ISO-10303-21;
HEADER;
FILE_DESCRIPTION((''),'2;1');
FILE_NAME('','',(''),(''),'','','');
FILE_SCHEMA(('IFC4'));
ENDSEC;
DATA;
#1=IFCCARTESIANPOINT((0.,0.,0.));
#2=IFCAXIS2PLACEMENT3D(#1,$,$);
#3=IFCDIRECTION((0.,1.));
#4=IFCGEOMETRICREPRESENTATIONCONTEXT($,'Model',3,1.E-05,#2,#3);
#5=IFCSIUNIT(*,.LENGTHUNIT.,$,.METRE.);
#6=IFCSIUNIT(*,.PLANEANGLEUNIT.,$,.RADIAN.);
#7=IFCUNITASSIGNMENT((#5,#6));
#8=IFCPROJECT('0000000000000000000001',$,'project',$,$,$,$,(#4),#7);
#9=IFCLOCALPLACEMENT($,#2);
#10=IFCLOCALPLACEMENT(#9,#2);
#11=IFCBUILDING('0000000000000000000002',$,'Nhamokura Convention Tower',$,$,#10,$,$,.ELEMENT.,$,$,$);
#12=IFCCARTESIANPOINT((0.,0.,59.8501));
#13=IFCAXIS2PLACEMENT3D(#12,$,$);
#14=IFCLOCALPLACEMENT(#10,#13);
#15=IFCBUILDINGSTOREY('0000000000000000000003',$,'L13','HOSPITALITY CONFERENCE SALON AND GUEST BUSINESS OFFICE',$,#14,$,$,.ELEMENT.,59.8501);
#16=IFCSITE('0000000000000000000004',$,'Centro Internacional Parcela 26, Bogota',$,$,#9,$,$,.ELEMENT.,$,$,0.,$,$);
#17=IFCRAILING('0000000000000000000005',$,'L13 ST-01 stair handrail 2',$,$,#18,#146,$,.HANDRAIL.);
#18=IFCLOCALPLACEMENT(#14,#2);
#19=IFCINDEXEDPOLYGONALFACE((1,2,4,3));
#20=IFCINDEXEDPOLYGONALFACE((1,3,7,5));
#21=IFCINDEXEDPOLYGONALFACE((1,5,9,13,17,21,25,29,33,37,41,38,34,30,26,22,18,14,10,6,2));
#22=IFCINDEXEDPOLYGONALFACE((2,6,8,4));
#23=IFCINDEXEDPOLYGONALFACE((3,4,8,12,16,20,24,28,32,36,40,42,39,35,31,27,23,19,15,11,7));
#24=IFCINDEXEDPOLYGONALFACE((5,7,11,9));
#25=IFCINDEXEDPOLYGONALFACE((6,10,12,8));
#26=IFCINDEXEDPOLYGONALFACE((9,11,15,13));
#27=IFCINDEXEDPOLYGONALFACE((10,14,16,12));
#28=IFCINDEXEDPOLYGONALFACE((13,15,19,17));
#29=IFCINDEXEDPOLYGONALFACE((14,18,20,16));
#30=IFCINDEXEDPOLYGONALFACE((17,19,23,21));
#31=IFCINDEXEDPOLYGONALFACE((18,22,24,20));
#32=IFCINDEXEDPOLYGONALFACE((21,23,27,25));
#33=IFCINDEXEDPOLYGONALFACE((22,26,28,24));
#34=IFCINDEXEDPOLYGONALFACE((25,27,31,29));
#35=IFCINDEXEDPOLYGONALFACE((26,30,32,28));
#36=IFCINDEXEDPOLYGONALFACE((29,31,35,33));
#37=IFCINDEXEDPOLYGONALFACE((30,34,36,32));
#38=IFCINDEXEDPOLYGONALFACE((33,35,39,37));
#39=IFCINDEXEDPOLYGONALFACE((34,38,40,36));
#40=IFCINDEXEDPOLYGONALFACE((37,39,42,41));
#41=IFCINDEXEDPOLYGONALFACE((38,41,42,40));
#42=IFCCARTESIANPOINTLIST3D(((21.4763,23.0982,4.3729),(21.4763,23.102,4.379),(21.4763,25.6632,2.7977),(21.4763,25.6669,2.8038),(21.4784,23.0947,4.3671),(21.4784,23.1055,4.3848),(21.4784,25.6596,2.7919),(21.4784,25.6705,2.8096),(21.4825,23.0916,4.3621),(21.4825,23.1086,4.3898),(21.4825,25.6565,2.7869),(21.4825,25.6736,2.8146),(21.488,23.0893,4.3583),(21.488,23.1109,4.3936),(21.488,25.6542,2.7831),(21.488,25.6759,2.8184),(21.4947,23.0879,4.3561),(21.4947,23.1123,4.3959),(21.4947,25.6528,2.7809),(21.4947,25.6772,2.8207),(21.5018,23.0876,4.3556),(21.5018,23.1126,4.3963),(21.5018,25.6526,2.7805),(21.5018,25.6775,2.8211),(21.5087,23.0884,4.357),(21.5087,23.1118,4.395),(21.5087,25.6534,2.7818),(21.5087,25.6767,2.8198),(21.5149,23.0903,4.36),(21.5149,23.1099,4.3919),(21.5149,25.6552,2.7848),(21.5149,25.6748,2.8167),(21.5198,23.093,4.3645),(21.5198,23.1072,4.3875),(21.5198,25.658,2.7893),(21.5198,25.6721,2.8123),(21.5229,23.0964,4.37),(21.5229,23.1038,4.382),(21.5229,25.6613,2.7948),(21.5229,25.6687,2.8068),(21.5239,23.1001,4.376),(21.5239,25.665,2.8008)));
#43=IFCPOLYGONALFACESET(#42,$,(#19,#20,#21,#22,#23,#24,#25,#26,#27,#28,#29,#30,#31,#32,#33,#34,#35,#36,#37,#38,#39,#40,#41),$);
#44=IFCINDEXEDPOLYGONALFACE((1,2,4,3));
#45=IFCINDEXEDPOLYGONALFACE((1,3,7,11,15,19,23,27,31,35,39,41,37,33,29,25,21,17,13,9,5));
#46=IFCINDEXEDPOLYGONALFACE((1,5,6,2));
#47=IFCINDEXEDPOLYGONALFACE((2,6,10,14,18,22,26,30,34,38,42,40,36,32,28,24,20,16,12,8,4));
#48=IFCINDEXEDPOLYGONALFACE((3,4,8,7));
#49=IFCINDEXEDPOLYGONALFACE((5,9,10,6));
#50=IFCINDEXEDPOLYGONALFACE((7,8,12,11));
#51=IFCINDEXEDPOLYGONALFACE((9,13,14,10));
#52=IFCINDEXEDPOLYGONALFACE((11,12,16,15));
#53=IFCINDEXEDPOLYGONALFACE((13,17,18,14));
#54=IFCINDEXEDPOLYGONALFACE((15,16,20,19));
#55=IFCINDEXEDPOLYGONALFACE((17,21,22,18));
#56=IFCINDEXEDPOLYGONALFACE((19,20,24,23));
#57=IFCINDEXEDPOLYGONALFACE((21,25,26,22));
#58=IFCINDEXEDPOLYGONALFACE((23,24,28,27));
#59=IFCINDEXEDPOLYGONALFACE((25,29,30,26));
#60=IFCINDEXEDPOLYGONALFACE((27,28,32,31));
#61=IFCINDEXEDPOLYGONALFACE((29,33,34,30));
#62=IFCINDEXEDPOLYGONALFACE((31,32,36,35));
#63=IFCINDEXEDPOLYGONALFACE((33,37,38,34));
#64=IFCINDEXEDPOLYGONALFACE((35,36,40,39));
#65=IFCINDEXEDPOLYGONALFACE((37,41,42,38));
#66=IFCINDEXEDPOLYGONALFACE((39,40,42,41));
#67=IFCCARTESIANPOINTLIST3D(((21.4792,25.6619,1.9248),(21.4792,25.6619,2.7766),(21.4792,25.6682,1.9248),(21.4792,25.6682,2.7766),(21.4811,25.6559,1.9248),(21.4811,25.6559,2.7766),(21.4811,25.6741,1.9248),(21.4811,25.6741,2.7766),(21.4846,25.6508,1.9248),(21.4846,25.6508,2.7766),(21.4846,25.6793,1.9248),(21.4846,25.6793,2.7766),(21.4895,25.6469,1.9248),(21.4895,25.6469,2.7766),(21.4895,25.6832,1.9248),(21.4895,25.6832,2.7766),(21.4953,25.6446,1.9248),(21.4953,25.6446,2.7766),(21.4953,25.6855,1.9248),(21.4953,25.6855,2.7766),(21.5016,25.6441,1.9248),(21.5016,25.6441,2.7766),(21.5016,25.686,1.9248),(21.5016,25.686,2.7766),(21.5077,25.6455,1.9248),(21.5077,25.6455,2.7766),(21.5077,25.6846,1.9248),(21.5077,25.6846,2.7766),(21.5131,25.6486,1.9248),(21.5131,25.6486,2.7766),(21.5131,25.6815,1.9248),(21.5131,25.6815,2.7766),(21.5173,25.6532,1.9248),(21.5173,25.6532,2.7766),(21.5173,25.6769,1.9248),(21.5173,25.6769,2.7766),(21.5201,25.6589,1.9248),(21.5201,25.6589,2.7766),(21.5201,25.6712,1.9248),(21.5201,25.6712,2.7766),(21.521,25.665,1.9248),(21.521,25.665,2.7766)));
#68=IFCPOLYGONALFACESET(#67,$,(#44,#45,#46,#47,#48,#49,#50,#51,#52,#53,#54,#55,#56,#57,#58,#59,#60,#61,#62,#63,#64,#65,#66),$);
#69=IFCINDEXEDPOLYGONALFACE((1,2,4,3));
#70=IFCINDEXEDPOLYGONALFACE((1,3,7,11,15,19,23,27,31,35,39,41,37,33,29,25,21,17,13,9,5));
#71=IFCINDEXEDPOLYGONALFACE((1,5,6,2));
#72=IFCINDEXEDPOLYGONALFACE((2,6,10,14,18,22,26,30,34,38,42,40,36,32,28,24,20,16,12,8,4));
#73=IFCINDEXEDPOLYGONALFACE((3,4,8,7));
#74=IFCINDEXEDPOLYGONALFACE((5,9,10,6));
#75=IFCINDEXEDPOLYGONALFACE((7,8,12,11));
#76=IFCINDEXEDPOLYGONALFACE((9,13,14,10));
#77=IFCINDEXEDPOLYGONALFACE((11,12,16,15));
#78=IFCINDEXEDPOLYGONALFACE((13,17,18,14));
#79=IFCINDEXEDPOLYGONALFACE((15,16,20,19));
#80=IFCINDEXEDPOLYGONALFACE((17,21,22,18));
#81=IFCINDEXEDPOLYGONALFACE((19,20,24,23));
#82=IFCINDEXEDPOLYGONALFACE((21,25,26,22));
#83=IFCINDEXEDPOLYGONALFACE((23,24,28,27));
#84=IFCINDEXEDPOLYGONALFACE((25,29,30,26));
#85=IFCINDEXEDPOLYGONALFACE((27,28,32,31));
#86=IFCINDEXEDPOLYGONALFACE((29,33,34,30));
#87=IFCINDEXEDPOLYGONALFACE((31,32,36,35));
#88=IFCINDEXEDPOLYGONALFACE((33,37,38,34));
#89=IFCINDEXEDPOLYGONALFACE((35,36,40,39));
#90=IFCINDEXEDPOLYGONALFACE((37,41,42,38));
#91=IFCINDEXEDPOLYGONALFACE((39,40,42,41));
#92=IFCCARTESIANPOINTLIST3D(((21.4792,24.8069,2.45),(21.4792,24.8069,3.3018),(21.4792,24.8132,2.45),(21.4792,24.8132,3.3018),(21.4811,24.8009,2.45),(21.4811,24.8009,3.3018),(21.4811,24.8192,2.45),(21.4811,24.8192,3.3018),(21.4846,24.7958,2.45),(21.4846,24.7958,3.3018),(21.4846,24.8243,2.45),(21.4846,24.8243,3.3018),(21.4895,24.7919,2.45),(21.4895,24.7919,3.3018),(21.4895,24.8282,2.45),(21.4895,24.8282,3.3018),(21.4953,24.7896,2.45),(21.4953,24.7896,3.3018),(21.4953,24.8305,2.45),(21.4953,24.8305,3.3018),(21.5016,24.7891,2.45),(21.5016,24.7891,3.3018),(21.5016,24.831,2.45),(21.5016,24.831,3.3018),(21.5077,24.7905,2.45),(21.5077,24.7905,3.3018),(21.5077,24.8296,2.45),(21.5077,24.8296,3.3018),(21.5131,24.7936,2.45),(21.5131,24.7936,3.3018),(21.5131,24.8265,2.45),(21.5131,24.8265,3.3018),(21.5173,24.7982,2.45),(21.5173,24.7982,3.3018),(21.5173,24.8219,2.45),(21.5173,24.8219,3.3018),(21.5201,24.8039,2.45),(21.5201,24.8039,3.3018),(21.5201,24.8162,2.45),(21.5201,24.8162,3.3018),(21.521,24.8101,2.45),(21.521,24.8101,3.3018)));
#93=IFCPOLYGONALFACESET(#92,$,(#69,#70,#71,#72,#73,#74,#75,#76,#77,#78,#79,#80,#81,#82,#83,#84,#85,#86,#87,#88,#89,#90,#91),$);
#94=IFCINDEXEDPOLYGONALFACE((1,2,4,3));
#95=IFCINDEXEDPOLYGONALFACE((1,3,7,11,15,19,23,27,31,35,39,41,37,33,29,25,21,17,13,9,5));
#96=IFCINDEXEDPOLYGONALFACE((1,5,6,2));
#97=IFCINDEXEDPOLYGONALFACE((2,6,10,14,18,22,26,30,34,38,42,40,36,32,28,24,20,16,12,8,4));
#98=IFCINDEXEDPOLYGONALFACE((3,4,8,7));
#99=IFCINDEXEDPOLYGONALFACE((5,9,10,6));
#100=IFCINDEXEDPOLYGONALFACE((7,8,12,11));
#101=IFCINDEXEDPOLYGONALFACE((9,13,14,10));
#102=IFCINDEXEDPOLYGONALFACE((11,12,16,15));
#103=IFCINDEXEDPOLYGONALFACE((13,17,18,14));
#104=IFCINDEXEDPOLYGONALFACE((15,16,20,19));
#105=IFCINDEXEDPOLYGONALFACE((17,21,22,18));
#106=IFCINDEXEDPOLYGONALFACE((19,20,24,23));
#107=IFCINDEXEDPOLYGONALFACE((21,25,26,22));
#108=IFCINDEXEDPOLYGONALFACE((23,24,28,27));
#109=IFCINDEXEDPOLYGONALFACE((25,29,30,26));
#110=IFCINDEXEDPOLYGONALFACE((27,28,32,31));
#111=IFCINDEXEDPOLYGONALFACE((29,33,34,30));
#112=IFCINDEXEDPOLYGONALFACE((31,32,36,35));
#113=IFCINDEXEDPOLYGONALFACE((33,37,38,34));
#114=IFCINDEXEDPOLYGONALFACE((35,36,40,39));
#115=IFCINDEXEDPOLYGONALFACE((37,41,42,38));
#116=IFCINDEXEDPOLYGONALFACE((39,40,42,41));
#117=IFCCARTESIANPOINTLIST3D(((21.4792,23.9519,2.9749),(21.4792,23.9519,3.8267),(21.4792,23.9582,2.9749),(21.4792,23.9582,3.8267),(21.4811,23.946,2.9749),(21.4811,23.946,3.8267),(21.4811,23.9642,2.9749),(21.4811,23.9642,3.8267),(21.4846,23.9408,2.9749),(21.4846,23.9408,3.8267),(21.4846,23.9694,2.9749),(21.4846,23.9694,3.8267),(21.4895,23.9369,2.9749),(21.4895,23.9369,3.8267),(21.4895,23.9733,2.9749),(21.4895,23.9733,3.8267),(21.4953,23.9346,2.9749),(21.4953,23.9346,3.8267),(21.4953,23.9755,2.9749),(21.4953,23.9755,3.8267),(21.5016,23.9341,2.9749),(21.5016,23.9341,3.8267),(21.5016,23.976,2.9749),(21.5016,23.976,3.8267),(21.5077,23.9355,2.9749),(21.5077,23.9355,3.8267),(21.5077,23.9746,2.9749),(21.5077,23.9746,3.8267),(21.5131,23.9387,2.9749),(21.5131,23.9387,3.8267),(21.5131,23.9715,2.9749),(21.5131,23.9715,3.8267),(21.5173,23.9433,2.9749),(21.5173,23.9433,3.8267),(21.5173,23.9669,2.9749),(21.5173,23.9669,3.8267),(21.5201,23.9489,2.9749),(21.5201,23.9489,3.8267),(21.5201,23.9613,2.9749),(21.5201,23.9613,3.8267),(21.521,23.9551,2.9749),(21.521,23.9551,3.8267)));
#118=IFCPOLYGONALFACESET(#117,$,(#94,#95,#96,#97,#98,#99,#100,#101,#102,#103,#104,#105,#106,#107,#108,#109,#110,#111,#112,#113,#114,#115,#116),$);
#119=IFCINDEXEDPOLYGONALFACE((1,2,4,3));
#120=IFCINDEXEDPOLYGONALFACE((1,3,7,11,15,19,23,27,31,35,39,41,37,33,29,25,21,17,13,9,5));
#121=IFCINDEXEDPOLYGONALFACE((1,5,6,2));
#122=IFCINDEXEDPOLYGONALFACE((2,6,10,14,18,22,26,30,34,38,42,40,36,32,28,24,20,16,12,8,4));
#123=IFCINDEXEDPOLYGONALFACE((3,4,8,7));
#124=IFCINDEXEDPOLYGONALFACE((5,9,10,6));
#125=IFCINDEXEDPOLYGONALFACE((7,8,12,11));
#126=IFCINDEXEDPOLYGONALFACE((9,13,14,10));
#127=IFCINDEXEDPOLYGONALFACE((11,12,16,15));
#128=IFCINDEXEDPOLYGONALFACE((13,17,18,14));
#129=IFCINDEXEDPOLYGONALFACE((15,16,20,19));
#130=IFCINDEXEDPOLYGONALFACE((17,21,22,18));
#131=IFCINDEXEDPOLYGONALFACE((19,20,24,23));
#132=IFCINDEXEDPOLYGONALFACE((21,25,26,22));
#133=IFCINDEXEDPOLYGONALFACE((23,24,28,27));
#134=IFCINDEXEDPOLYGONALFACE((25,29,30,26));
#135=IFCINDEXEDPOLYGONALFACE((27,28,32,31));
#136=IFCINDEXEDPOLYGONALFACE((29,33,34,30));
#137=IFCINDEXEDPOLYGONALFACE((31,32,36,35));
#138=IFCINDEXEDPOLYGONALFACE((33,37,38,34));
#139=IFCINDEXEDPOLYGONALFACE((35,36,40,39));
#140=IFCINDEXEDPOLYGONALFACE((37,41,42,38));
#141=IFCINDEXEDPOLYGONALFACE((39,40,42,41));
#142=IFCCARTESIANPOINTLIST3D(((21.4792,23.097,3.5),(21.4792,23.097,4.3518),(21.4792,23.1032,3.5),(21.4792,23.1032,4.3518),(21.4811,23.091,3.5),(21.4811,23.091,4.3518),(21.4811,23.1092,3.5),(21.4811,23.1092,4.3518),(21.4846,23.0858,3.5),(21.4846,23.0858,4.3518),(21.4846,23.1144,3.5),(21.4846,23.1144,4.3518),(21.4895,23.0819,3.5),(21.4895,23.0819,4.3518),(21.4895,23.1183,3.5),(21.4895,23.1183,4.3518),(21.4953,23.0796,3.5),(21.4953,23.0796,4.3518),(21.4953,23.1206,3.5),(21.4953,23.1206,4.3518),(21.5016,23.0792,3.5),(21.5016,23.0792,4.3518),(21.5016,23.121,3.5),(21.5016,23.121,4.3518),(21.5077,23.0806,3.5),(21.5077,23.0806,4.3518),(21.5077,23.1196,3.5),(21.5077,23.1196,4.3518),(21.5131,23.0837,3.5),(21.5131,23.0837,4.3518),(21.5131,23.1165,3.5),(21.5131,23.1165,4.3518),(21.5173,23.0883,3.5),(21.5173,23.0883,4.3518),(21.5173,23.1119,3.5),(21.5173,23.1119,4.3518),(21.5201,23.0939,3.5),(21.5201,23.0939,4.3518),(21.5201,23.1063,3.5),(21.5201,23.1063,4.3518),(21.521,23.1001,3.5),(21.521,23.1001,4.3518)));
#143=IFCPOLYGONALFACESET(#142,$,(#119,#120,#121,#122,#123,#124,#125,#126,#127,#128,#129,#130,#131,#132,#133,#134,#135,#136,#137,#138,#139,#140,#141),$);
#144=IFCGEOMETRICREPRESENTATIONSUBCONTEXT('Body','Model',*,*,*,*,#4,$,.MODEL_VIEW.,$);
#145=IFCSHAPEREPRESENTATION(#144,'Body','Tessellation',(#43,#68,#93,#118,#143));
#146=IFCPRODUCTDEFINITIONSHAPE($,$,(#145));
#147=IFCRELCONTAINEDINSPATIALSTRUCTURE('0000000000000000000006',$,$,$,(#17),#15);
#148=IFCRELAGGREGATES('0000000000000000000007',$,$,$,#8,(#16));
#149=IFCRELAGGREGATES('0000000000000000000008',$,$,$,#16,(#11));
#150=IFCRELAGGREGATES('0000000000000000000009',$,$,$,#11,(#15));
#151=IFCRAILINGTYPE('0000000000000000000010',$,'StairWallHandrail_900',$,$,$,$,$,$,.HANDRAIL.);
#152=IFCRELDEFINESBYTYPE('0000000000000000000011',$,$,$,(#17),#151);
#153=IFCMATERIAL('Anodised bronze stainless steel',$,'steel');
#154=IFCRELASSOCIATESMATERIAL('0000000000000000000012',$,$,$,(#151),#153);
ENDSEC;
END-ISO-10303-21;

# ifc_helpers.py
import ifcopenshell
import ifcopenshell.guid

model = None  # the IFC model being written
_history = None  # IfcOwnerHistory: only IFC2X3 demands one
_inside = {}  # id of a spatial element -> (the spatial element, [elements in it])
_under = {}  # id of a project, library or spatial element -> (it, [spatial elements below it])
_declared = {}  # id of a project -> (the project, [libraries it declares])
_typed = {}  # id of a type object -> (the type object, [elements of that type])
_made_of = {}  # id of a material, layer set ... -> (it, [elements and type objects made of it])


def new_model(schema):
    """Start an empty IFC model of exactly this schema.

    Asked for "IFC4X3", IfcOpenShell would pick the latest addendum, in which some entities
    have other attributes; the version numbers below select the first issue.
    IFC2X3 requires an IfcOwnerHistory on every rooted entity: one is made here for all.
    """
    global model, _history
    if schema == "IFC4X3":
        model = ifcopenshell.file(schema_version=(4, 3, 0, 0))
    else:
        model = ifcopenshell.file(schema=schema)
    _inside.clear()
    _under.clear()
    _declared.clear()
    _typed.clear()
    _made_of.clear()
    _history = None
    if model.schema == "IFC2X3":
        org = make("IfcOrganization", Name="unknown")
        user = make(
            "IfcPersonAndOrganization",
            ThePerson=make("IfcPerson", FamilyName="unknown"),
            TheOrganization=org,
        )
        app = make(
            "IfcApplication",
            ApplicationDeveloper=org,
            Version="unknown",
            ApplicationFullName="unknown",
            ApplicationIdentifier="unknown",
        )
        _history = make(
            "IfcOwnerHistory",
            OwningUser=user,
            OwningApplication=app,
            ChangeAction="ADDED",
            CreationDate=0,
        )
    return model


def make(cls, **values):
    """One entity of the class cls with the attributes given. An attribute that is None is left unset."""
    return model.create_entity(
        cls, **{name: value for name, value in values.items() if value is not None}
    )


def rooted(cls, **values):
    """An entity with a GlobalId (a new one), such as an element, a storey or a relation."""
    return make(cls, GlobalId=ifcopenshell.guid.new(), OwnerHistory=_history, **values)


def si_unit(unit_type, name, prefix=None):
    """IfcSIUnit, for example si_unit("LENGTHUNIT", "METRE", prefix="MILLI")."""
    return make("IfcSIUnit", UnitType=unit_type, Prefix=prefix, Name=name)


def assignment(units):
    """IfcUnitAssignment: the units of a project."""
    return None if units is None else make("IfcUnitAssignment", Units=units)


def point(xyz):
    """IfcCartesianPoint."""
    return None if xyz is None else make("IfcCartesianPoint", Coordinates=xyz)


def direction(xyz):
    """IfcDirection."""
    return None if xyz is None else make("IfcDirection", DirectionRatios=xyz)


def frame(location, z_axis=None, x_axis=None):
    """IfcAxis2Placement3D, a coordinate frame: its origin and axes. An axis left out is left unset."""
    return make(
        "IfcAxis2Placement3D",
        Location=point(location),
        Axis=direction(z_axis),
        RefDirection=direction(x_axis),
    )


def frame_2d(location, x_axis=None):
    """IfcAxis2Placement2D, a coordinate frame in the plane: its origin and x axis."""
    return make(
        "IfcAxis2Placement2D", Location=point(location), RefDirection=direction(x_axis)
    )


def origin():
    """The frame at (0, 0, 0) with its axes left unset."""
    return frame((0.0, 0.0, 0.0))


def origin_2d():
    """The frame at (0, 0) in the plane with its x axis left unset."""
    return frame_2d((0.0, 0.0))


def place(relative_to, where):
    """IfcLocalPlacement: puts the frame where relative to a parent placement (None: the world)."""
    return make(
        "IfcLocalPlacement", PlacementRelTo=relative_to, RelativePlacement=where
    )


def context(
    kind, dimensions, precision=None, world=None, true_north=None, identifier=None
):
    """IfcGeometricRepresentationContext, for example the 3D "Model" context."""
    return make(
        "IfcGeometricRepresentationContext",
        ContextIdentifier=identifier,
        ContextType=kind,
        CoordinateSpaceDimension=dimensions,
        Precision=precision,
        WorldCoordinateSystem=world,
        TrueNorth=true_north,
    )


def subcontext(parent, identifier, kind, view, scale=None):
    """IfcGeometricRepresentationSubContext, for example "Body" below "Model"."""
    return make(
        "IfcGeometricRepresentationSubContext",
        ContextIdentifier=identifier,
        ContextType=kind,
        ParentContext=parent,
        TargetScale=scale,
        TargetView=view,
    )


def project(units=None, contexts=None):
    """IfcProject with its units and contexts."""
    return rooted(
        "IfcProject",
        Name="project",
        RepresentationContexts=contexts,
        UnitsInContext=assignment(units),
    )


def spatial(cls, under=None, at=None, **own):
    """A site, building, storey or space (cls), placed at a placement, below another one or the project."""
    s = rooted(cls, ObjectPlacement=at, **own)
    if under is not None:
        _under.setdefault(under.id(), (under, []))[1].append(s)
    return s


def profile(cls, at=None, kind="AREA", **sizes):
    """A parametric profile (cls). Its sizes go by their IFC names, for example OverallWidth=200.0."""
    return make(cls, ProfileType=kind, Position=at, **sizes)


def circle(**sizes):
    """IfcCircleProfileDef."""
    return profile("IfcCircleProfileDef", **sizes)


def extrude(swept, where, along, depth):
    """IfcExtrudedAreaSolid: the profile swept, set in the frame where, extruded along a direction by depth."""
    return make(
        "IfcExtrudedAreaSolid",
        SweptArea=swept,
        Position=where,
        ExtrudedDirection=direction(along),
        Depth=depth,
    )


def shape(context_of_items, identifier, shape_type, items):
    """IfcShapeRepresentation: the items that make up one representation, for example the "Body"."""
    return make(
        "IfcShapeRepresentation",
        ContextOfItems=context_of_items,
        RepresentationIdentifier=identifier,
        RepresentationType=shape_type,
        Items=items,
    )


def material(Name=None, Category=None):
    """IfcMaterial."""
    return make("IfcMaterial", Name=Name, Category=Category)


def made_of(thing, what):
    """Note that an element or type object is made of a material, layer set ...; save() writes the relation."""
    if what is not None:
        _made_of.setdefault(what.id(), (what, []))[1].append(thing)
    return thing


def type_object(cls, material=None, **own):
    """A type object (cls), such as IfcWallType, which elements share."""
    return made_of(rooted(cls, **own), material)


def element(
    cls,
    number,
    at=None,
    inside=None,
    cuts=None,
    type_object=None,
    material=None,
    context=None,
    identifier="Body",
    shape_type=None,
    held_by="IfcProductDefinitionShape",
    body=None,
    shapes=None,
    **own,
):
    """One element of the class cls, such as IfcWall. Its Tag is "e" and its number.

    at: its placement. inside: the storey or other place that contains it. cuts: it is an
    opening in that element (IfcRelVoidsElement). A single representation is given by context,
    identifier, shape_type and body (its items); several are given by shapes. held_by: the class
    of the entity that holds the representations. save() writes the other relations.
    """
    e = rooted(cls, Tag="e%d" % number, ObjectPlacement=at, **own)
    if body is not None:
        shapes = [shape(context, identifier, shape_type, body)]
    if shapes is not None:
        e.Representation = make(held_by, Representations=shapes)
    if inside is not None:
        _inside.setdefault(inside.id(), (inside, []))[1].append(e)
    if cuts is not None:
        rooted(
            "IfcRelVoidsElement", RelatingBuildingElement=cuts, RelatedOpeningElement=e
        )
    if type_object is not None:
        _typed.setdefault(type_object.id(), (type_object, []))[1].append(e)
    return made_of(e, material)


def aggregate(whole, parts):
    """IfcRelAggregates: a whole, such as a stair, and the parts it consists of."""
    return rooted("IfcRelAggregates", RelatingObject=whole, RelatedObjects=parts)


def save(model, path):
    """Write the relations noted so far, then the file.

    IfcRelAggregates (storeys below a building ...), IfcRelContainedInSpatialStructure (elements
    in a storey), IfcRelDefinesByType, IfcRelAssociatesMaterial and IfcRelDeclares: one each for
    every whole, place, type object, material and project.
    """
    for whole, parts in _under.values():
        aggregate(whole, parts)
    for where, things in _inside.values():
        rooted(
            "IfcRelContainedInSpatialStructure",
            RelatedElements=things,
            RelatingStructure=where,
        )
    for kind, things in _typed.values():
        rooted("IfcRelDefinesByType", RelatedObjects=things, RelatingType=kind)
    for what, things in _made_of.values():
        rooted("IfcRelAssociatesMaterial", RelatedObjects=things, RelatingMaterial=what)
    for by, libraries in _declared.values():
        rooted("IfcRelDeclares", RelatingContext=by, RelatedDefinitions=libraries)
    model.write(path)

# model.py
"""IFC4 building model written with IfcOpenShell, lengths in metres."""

from ifc_helpers import new_model, si_unit, direction, frame, origin, origin_2d, place, context, subcontext, project, spatial, circle, extrude, material, type_object, element, save


model = new_model("IFC4")

# Units and contexts
model_context = context("Model", 3, precision=1e-05, world=origin(), true_north=direction((0.0, 1.0)))
body_context = subcontext(model_context, "Body", "Model", "MODEL_VIEW")
ifc_project = project(units=[si_unit("LENGTHUNIT", "METRE"), si_unit("PLANEANGLEUNIT", "RADIAN")], contexts=[model_context])

# Site, building, storey
site_placement = place(None, origin())
site = spatial("IfcSite", under=ifc_project, at=site_placement, Name="Centro Internacional Parcela 26, Bogota", CompositionType="ELEMENT", RefElevation=0.0)
building_placement = place(site_placement, origin())
building = spatial("IfcBuilding", under=site, at=building_placement, Name="Nhamokura Convention Tower", CompositionType="ELEMENT")
storey_placement = place(building_placement, frame((0.0, 0.0, 59.8501)))
storey = spatial("IfcBuildingStorey", under=building, at=storey_placement, Name="L13", Description="HOSPITALITY CONFERENCE SALON AND GUEST BUSINESS OFFICE", CompositionType="ELEMENT", Elevation=59.8501)

# Railing
ifc_material_1 = material(Name="Anodised bronze stainless steel", Category="steel")
railing_type_1 = type_object("IfcRailingType", Name="StairWallHandrail_900", PredefinedType="HANDRAIL", material=ifc_material_1)
railing_1_placement = place(storey_placement, frame((21.5, 25.665, 1.9248)))
element("IfcRailing", 1, at=railing_1_placement, inside=storey, type_object=railing_type_1, Name="L13 ST-01 stair handrail 2", PredefinedType="HANDRAIL", context=body_context, shape_type="SweptSolid", body=[
    extrude(circle(Radius=0.0239, at=origin_2d()), frame((0.0, 0.0, 0.876), z_axis=(0.0, -0.852137, 0.523319), x_axis=(1.0, 0.0, 0.0)), (0.0, 0.0, 1.0), 3.01),
    extrude(circle(Radius=0.021, at=origin_2d()), origin(), (0.0, 0.0, 1.0), 0.8518),
    extrude(circle(Radius=0.021, at=origin_2d()), frame((0.0, -0.855, 0.5251)), (0.0, 0.0, 1.0), 0.8518),
    extrude(circle(Radius=0.021, at=origin_2d()), frame((0.0, -1.71, 1.05)), (0.0, 0.0, 1.0), 0.8518),
    extrude(circle(Radius=0.021, at=origin_2d()), frame((0.0, -2.5649, 1.5752)), (0.0, 0.0, 1.0), 0.8518),
])

save(model, "model.ifc")
